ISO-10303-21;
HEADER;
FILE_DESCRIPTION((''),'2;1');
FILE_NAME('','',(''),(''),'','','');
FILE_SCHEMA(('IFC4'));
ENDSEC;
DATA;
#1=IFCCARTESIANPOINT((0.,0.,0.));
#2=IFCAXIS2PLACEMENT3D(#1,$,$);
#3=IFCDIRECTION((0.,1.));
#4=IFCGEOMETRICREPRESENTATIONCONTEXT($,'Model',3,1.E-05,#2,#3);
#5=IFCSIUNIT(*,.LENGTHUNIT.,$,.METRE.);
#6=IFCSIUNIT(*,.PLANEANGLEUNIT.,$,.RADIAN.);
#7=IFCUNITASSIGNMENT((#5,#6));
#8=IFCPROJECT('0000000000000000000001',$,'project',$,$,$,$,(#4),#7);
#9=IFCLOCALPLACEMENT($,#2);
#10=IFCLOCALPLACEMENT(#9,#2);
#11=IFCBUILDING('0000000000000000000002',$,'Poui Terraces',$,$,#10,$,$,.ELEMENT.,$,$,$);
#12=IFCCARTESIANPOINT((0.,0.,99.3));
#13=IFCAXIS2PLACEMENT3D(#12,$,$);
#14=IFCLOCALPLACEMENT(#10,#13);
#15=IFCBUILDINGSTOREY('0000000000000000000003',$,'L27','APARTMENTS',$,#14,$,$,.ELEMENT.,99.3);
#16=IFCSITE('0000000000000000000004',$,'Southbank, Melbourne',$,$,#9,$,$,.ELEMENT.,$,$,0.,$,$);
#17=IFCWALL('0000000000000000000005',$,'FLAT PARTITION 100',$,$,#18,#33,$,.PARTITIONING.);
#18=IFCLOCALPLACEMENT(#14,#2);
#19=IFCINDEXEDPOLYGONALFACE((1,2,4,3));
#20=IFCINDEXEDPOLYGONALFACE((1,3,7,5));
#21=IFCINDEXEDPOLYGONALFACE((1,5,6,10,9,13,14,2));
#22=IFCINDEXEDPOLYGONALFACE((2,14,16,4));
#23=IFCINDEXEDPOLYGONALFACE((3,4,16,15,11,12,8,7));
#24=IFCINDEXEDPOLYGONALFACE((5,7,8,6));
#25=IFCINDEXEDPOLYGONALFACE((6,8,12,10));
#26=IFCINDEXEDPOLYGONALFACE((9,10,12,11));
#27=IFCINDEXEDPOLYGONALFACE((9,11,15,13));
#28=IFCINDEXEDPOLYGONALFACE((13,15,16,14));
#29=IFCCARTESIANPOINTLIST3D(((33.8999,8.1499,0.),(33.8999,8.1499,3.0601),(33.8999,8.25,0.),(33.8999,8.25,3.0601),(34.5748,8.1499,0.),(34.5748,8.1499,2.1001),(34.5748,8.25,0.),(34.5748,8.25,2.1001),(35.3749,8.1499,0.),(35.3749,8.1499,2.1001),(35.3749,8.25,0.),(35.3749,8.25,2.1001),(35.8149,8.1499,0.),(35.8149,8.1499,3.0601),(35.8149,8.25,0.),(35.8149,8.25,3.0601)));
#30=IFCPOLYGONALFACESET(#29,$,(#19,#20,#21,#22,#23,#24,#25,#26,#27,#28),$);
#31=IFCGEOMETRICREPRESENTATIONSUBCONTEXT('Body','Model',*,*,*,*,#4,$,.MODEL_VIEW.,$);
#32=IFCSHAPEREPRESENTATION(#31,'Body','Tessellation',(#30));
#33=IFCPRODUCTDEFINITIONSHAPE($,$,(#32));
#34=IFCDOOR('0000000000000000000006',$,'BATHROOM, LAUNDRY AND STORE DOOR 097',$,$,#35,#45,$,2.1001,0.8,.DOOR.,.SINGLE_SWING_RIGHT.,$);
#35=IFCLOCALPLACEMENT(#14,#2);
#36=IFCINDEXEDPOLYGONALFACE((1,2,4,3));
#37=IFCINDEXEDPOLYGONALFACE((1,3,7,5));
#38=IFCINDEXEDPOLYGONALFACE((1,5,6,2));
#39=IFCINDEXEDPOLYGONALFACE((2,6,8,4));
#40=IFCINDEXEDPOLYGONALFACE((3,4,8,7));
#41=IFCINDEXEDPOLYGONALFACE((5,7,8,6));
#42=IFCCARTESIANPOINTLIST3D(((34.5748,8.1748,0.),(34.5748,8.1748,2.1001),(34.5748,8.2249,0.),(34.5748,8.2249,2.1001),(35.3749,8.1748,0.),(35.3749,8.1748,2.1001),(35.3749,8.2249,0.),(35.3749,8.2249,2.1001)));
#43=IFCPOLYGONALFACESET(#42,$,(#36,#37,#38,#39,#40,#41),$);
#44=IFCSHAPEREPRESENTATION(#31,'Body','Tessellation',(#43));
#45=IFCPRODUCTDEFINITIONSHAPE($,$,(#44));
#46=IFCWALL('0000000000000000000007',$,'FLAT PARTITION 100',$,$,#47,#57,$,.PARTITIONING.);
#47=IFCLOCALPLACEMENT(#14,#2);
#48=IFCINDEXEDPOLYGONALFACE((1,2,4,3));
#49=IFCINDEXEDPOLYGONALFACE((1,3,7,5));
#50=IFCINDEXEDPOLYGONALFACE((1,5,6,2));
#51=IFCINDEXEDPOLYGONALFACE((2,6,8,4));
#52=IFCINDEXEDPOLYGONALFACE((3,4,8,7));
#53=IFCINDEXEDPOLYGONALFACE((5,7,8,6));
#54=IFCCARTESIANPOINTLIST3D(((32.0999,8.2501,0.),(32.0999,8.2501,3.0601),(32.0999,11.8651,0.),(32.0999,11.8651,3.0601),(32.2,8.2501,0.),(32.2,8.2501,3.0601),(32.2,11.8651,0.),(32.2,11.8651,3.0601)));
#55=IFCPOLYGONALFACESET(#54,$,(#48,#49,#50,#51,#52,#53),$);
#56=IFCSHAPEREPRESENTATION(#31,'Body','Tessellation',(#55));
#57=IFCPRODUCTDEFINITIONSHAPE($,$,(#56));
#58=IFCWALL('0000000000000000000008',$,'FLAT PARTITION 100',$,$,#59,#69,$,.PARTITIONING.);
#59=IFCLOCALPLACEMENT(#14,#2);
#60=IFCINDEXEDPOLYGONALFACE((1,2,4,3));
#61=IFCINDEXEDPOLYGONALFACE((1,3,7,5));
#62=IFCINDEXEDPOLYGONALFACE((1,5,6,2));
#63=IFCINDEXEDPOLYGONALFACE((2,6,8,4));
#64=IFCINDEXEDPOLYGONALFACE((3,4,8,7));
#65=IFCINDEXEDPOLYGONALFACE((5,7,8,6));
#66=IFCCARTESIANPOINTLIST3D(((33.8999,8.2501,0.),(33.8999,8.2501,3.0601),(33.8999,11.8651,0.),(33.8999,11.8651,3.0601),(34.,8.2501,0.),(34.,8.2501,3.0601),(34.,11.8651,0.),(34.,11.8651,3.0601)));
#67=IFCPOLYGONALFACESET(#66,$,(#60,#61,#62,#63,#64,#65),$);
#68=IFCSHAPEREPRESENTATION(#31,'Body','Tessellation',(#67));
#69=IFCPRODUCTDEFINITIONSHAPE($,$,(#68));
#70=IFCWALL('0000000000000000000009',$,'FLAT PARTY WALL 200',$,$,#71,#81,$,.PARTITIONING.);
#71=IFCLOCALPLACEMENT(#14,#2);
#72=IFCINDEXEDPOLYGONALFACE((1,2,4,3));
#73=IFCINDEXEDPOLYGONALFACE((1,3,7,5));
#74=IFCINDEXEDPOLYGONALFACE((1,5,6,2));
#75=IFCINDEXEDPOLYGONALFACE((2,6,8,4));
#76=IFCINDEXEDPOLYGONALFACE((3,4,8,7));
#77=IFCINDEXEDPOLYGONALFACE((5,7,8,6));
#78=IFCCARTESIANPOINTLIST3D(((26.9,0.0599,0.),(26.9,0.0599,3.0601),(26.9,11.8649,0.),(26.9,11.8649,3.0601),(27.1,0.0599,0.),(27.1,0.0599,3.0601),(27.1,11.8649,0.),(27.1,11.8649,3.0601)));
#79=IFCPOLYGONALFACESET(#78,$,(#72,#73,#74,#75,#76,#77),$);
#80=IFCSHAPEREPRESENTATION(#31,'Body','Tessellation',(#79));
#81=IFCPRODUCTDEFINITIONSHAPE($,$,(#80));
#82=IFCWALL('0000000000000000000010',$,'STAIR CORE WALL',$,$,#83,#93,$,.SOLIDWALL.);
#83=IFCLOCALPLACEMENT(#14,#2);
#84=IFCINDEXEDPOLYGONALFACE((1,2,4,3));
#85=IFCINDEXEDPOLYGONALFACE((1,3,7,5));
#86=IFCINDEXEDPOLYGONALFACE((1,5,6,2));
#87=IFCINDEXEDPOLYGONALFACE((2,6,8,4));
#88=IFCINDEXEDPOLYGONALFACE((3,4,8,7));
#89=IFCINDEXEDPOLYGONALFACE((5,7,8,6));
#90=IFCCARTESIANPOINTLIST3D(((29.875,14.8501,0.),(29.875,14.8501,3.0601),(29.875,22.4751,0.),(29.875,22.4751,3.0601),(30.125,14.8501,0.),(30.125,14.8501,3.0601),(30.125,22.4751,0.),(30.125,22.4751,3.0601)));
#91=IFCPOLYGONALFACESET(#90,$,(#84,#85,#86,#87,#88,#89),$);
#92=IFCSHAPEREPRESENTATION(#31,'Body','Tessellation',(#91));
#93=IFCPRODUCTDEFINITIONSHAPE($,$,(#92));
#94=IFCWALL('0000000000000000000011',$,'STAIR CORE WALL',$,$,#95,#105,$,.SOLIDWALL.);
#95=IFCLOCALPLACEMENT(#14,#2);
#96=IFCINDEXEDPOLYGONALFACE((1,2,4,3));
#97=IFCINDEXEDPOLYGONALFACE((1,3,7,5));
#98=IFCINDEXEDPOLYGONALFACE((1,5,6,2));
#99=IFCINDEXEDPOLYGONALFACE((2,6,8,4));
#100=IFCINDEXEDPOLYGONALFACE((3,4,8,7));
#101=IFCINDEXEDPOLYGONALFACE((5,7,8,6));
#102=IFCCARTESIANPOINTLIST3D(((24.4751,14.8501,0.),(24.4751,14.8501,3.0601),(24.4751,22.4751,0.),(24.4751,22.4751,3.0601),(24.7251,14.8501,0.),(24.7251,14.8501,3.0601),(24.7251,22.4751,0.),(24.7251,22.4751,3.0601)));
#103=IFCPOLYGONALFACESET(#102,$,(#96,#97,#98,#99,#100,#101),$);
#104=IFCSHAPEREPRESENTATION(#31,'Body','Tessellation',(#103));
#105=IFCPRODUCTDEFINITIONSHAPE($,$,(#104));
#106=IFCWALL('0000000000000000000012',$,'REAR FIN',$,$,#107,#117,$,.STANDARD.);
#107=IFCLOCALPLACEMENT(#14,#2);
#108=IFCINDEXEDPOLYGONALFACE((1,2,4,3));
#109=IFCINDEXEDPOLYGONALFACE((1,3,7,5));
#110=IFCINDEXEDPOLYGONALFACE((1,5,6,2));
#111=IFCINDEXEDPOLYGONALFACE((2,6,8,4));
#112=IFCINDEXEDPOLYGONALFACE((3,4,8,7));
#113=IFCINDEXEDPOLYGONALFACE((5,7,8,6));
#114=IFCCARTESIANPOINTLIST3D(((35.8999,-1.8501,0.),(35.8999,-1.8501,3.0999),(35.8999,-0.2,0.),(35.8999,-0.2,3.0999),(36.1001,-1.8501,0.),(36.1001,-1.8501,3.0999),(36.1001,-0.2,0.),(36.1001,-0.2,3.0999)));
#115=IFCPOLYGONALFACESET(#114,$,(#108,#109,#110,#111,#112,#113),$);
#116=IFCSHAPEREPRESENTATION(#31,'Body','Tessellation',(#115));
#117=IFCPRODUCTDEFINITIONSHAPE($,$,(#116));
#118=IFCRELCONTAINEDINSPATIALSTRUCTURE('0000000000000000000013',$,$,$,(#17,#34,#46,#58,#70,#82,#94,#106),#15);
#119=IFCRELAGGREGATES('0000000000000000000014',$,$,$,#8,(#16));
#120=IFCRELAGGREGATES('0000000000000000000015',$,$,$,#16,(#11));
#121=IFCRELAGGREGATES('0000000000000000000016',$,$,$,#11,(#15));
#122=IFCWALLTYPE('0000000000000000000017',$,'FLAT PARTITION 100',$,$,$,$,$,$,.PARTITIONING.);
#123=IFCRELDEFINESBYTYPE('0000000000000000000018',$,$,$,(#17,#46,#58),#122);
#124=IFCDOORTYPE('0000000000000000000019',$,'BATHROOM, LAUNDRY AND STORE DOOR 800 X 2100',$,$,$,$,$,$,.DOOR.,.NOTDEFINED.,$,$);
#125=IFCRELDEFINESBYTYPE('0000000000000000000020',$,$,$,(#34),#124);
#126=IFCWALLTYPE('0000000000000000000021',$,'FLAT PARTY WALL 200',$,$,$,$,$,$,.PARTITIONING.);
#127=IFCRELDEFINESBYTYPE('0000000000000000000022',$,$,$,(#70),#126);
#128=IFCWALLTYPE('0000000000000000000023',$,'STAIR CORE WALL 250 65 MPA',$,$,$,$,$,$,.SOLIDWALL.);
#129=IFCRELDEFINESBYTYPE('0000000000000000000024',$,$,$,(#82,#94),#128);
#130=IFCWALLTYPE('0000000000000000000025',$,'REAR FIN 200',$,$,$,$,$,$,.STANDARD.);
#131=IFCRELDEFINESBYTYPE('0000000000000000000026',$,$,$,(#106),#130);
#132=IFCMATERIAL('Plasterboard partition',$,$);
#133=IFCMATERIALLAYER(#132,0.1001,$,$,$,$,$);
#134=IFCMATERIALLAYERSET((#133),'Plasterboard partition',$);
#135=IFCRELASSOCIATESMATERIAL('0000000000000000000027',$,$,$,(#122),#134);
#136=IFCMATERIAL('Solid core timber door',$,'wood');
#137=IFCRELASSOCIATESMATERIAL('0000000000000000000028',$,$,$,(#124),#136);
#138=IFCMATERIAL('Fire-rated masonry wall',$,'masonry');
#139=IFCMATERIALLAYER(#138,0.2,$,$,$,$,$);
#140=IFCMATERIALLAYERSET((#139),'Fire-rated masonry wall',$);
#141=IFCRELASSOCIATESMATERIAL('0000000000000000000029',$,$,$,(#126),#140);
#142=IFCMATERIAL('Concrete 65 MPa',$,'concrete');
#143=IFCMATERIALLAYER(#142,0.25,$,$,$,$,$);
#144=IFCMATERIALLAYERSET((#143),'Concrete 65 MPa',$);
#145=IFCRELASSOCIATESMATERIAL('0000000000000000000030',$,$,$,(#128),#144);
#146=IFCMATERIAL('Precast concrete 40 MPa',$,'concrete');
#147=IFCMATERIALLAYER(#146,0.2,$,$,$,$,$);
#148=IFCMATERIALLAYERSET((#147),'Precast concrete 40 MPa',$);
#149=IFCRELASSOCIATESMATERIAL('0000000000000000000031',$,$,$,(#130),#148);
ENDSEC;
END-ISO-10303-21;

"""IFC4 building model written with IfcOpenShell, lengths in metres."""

from ifc_helpers import new_model, si_unit, direction, frame, frame_2d, origin, place, context, subcontext, project, spatial, polyline, rectangle, outline, extrude, source, transform, mapped, material, layer, layer_set, type_object, element, fill, save


model = new_model("IFC4")

# Units and contexts
model_context = context("Model", 3, precision=1e-05, world=origin(), true_north=direction((0.0, 1.0)))
body_context = subcontext(model_context, "Body", "Model", "MODEL_VIEW")
ifc_project = project(units=[si_unit("LENGTHUNIT", "METRE"), si_unit("PLANEANGLEUNIT", "RADIAN")], contexts=[model_context])

# Site, building, storey
site_placement = place(None, origin())
site = spatial("IfcSite", under=ifc_project, at=site_placement, Name="Southbank, Melbourne", CompositionType="ELEMENT", RefElevation=0.0)
building_placement = place(site_placement, origin())
building = spatial("IfcBuilding", under=site, at=building_placement, Name="Poui Terraces", CompositionType="ELEMENT")
storey_placement = place(building_placement, frame((0.0, 0.0, 99.3)))
storey = spatial("IfcBuildingStorey", under=building, at=storey_placement, Name="L27", Description="APARTMENTS", CompositionType="ELEMENT", Elevation=99.3)

# Shared definitions
ifc_material_1 = material(Name="Concrete 65 MPa", Category="concrete")

# Shared definitions
ifc_material_2 = material(Name="Precast concrete 40 MPa", Category="concrete")

# Wall, opening, door
ifc_material_3 = material(Name="Solid core timber door", Category="wood")
ifc_material_4 = material(Name="Plasterboard partition")
ifc_layer_1 = layer(ifc_material_4, 0.1001)
ifc_layer_set_1 = layer_set([ifc_layer_1], Name="Plasterboard partition")
wall_type_1 = type_object("IfcWallType", Name="FLAT PARTITION 100", PredefinedType="PARTITIONING", material=ifc_layer_set_1)
door_type_1 = type_object("IfcDoorType", Name="BATHROOM, LAUNDRY AND STORE DOOR 800 X 2100", OperationType="NOTDEFINED", PredefinedType="DOOR", material=ifc_material_3)
wall_1_placement = place(storey_placement, frame((33.8999, 8.2, 0.0), z_axis=(0.0, 0.0, 1.0), x_axis=(1.0, 0.0, 0.0)))
wall_1 = element("IfcWall", 1, at=wall_1_placement, inside=storey, type_object=wall_type_1, Name="FLAT PARTITION 100", PredefinedType="PARTITIONING", context=body_context, shape_type="SweptSolid", body=[
    extrude(rectangle(XDim=1.915, YDim=0.1001, at=frame_2d((0.9575, 0.0))), origin(), (0.0, 0.0, 1.0), 3.0601),
])
opening_1_placement = place(wall_1_placement, frame((0.675, 0.0, 0.0)))
opening_1 = element("IfcOpeningElement", 2, at=opening_1_placement, cuts=wall_1, PredefinedType="OPENING", context=body_context, shape_type="SweptSolid", body=[
    extrude(rectangle(XDim=0.8, YDim=2.1001, at=frame_2d((0.3999, 1.05))), frame((0.0, 0.0601, 0.0), z_axis=(0.0, -1.0, 0.0), x_axis=(1.0, 0.0, 0.0)), (0.0, 0.0, 1.0), 0.1201),
])
door_1_placement = place(opening_1_placement, origin())
door_1 = element("IfcDoor", 3, at=door_1_placement, inside=storey, type_object=door_type_1, Name="BATHROOM, LAUNDRY AND STORE DOOR 097", OperationType="SINGLE_SWING_RIGHT", OverallHeight=2.1001, OverallWidth=0.8, PredefinedType="DOOR", context=body_context, shape_type="SweptSolid", body=[
    extrude(rectangle(XDim=0.8, YDim=2.1001, at=frame_2d((0.3999, 1.05))), frame((0.0, 0.0249, 0.0), z_axis=(0.0, -1.0, 0.0), x_axis=(1.0, 0.0, 0.0)), (0.0, 0.0, 1.0), 0.05),
])
fill(opening_1, door_1)

# Walls
for number, where, z_axis, x_axis, name in (
    (4, (32.1499, 8.25, 0.0), (0.0, 0.0, 1.0), (0.0, 1.0, 0.0), "FLAT PARTITION 100"),
    (5, (33.95, 8.25, 0.0), (0.0, 0.0, 1.0), (0.0, 1.0, 0.0), "FLAT PARTITION 100"),
):
    element("IfcWall", number, at=place(storey_placement, frame(where, z_axis=z_axis, x_axis=x_axis)), inside=storey, type_object=wall_type_1, Name=name, PredefinedType="PARTITIONING", context=body_context, shape_type="SweptSolid", body=[
        extrude(rectangle(XDim=3.615, YDim=0.1001, at=frame_2d((1.8076, 0.0))), origin(), (0.0, 0.0, 1.0), 3.0601),
    ])
ifc_material_5 = material(Name="Fire-rated masonry wall", Category="masonry")
ifc_layer_2 = layer(ifc_material_5, 0.2)
ifc_layer_set_2 = layer_set([ifc_layer_2], Name="Fire-rated masonry wall")
wall_type_2 = type_object("IfcWallType", Name="FLAT PARTY WALL 200", PredefinedType="PARTITIONING", material=ifc_layer_set_2)
wall_2_placement = place(storey_placement, frame((27.0, 0.0601, 0.0), z_axis=(0.0, 0.0, 1.0), x_axis=(0.0, 1.0, 0.0)))
element("IfcWall", 6, at=wall_2_placement, inside=storey, type_object=wall_type_2, Name="FLAT PARTY WALL 200", PredefinedType="PARTITIONING", context=body_context, shape_type="SweptSolid", body=[
    extrude(rectangle(XDim=11.8049, YDim=0.2, at=frame_2d((5.9023, 0.0))), origin(), (0.0, 0.0, 1.0), 3.0601),
])
ifc_layer_3 = layer(ifc_material_1, 0.25)
ifc_layer_set_3 = layer_set([ifc_layer_3], Name="Concrete 65 MPa")
wall_type_3 = type_object("IfcWallType", Name="STAIR CORE WALL 250 65 MPA", PredefinedType="SOLIDWALL", material=ifc_layer_set_3)
for number, where, z_axis, x_axis, name in (
    (7, (30.0, 14.8501, 0.0), (0.0, 0.0, 1.0), (0.0, 1.0, 0.0), "STAIR CORE WALL"),
    (8, (24.6001, 14.8501, 0.0), (0.0, 0.0, 1.0), (0.0, 1.0, 0.0), "STAIR CORE WALL"),
):
    element("IfcWall", number, at=place(storey_placement, frame(where, z_axis=z_axis, x_axis=x_axis)), inside=storey, type_object=wall_type_3, Name=name, PredefinedType="SOLIDWALL", context=body_context, shape_type="SweptSolid", body=[
        extrude(rectangle(XDim=7.625, YDim=0.25, at=frame_2d((3.8125, 0.0))), origin(), (0.0, 0.0, 1.0), 3.0601),
    ])
ifc_layer_4 = layer(ifc_material_2, 0.2)
ifc_layer_set_4 = layer_set([ifc_layer_4], Name="Precast concrete 40 MPa")
wall_type_4 = type_object("IfcWallType", Name="REAR FIN 200", PredefinedType="STANDARD", material=ifc_layer_set_4)
shared_shape_1 = source(origin(), body_context, "Body", "SweptSolid", [
    extrude(outline(polyline([(0.0, 0.0), (0.2002, 0.0), (0.2002, 1.6501), (0.0, 1.6501), (0.0, 0.0)])), origin(), (0.0, 0.0, 1.0), 3.0999),
])
wall_3_placement = place(storey_placement, frame((35.8999, -1.8501, 0.0)))
element("IfcWall", 9, at=wall_3_placement, inside=storey, type_object=wall_type_4, Name="REAR FIN", PredefinedType="STANDARD", context=body_context, shape_type="MappedRepresentation", body=[
    mapped(shared_shape_1, transform((0.0, 0.0, 0.0))),
])

save(model, "model.ifc")
